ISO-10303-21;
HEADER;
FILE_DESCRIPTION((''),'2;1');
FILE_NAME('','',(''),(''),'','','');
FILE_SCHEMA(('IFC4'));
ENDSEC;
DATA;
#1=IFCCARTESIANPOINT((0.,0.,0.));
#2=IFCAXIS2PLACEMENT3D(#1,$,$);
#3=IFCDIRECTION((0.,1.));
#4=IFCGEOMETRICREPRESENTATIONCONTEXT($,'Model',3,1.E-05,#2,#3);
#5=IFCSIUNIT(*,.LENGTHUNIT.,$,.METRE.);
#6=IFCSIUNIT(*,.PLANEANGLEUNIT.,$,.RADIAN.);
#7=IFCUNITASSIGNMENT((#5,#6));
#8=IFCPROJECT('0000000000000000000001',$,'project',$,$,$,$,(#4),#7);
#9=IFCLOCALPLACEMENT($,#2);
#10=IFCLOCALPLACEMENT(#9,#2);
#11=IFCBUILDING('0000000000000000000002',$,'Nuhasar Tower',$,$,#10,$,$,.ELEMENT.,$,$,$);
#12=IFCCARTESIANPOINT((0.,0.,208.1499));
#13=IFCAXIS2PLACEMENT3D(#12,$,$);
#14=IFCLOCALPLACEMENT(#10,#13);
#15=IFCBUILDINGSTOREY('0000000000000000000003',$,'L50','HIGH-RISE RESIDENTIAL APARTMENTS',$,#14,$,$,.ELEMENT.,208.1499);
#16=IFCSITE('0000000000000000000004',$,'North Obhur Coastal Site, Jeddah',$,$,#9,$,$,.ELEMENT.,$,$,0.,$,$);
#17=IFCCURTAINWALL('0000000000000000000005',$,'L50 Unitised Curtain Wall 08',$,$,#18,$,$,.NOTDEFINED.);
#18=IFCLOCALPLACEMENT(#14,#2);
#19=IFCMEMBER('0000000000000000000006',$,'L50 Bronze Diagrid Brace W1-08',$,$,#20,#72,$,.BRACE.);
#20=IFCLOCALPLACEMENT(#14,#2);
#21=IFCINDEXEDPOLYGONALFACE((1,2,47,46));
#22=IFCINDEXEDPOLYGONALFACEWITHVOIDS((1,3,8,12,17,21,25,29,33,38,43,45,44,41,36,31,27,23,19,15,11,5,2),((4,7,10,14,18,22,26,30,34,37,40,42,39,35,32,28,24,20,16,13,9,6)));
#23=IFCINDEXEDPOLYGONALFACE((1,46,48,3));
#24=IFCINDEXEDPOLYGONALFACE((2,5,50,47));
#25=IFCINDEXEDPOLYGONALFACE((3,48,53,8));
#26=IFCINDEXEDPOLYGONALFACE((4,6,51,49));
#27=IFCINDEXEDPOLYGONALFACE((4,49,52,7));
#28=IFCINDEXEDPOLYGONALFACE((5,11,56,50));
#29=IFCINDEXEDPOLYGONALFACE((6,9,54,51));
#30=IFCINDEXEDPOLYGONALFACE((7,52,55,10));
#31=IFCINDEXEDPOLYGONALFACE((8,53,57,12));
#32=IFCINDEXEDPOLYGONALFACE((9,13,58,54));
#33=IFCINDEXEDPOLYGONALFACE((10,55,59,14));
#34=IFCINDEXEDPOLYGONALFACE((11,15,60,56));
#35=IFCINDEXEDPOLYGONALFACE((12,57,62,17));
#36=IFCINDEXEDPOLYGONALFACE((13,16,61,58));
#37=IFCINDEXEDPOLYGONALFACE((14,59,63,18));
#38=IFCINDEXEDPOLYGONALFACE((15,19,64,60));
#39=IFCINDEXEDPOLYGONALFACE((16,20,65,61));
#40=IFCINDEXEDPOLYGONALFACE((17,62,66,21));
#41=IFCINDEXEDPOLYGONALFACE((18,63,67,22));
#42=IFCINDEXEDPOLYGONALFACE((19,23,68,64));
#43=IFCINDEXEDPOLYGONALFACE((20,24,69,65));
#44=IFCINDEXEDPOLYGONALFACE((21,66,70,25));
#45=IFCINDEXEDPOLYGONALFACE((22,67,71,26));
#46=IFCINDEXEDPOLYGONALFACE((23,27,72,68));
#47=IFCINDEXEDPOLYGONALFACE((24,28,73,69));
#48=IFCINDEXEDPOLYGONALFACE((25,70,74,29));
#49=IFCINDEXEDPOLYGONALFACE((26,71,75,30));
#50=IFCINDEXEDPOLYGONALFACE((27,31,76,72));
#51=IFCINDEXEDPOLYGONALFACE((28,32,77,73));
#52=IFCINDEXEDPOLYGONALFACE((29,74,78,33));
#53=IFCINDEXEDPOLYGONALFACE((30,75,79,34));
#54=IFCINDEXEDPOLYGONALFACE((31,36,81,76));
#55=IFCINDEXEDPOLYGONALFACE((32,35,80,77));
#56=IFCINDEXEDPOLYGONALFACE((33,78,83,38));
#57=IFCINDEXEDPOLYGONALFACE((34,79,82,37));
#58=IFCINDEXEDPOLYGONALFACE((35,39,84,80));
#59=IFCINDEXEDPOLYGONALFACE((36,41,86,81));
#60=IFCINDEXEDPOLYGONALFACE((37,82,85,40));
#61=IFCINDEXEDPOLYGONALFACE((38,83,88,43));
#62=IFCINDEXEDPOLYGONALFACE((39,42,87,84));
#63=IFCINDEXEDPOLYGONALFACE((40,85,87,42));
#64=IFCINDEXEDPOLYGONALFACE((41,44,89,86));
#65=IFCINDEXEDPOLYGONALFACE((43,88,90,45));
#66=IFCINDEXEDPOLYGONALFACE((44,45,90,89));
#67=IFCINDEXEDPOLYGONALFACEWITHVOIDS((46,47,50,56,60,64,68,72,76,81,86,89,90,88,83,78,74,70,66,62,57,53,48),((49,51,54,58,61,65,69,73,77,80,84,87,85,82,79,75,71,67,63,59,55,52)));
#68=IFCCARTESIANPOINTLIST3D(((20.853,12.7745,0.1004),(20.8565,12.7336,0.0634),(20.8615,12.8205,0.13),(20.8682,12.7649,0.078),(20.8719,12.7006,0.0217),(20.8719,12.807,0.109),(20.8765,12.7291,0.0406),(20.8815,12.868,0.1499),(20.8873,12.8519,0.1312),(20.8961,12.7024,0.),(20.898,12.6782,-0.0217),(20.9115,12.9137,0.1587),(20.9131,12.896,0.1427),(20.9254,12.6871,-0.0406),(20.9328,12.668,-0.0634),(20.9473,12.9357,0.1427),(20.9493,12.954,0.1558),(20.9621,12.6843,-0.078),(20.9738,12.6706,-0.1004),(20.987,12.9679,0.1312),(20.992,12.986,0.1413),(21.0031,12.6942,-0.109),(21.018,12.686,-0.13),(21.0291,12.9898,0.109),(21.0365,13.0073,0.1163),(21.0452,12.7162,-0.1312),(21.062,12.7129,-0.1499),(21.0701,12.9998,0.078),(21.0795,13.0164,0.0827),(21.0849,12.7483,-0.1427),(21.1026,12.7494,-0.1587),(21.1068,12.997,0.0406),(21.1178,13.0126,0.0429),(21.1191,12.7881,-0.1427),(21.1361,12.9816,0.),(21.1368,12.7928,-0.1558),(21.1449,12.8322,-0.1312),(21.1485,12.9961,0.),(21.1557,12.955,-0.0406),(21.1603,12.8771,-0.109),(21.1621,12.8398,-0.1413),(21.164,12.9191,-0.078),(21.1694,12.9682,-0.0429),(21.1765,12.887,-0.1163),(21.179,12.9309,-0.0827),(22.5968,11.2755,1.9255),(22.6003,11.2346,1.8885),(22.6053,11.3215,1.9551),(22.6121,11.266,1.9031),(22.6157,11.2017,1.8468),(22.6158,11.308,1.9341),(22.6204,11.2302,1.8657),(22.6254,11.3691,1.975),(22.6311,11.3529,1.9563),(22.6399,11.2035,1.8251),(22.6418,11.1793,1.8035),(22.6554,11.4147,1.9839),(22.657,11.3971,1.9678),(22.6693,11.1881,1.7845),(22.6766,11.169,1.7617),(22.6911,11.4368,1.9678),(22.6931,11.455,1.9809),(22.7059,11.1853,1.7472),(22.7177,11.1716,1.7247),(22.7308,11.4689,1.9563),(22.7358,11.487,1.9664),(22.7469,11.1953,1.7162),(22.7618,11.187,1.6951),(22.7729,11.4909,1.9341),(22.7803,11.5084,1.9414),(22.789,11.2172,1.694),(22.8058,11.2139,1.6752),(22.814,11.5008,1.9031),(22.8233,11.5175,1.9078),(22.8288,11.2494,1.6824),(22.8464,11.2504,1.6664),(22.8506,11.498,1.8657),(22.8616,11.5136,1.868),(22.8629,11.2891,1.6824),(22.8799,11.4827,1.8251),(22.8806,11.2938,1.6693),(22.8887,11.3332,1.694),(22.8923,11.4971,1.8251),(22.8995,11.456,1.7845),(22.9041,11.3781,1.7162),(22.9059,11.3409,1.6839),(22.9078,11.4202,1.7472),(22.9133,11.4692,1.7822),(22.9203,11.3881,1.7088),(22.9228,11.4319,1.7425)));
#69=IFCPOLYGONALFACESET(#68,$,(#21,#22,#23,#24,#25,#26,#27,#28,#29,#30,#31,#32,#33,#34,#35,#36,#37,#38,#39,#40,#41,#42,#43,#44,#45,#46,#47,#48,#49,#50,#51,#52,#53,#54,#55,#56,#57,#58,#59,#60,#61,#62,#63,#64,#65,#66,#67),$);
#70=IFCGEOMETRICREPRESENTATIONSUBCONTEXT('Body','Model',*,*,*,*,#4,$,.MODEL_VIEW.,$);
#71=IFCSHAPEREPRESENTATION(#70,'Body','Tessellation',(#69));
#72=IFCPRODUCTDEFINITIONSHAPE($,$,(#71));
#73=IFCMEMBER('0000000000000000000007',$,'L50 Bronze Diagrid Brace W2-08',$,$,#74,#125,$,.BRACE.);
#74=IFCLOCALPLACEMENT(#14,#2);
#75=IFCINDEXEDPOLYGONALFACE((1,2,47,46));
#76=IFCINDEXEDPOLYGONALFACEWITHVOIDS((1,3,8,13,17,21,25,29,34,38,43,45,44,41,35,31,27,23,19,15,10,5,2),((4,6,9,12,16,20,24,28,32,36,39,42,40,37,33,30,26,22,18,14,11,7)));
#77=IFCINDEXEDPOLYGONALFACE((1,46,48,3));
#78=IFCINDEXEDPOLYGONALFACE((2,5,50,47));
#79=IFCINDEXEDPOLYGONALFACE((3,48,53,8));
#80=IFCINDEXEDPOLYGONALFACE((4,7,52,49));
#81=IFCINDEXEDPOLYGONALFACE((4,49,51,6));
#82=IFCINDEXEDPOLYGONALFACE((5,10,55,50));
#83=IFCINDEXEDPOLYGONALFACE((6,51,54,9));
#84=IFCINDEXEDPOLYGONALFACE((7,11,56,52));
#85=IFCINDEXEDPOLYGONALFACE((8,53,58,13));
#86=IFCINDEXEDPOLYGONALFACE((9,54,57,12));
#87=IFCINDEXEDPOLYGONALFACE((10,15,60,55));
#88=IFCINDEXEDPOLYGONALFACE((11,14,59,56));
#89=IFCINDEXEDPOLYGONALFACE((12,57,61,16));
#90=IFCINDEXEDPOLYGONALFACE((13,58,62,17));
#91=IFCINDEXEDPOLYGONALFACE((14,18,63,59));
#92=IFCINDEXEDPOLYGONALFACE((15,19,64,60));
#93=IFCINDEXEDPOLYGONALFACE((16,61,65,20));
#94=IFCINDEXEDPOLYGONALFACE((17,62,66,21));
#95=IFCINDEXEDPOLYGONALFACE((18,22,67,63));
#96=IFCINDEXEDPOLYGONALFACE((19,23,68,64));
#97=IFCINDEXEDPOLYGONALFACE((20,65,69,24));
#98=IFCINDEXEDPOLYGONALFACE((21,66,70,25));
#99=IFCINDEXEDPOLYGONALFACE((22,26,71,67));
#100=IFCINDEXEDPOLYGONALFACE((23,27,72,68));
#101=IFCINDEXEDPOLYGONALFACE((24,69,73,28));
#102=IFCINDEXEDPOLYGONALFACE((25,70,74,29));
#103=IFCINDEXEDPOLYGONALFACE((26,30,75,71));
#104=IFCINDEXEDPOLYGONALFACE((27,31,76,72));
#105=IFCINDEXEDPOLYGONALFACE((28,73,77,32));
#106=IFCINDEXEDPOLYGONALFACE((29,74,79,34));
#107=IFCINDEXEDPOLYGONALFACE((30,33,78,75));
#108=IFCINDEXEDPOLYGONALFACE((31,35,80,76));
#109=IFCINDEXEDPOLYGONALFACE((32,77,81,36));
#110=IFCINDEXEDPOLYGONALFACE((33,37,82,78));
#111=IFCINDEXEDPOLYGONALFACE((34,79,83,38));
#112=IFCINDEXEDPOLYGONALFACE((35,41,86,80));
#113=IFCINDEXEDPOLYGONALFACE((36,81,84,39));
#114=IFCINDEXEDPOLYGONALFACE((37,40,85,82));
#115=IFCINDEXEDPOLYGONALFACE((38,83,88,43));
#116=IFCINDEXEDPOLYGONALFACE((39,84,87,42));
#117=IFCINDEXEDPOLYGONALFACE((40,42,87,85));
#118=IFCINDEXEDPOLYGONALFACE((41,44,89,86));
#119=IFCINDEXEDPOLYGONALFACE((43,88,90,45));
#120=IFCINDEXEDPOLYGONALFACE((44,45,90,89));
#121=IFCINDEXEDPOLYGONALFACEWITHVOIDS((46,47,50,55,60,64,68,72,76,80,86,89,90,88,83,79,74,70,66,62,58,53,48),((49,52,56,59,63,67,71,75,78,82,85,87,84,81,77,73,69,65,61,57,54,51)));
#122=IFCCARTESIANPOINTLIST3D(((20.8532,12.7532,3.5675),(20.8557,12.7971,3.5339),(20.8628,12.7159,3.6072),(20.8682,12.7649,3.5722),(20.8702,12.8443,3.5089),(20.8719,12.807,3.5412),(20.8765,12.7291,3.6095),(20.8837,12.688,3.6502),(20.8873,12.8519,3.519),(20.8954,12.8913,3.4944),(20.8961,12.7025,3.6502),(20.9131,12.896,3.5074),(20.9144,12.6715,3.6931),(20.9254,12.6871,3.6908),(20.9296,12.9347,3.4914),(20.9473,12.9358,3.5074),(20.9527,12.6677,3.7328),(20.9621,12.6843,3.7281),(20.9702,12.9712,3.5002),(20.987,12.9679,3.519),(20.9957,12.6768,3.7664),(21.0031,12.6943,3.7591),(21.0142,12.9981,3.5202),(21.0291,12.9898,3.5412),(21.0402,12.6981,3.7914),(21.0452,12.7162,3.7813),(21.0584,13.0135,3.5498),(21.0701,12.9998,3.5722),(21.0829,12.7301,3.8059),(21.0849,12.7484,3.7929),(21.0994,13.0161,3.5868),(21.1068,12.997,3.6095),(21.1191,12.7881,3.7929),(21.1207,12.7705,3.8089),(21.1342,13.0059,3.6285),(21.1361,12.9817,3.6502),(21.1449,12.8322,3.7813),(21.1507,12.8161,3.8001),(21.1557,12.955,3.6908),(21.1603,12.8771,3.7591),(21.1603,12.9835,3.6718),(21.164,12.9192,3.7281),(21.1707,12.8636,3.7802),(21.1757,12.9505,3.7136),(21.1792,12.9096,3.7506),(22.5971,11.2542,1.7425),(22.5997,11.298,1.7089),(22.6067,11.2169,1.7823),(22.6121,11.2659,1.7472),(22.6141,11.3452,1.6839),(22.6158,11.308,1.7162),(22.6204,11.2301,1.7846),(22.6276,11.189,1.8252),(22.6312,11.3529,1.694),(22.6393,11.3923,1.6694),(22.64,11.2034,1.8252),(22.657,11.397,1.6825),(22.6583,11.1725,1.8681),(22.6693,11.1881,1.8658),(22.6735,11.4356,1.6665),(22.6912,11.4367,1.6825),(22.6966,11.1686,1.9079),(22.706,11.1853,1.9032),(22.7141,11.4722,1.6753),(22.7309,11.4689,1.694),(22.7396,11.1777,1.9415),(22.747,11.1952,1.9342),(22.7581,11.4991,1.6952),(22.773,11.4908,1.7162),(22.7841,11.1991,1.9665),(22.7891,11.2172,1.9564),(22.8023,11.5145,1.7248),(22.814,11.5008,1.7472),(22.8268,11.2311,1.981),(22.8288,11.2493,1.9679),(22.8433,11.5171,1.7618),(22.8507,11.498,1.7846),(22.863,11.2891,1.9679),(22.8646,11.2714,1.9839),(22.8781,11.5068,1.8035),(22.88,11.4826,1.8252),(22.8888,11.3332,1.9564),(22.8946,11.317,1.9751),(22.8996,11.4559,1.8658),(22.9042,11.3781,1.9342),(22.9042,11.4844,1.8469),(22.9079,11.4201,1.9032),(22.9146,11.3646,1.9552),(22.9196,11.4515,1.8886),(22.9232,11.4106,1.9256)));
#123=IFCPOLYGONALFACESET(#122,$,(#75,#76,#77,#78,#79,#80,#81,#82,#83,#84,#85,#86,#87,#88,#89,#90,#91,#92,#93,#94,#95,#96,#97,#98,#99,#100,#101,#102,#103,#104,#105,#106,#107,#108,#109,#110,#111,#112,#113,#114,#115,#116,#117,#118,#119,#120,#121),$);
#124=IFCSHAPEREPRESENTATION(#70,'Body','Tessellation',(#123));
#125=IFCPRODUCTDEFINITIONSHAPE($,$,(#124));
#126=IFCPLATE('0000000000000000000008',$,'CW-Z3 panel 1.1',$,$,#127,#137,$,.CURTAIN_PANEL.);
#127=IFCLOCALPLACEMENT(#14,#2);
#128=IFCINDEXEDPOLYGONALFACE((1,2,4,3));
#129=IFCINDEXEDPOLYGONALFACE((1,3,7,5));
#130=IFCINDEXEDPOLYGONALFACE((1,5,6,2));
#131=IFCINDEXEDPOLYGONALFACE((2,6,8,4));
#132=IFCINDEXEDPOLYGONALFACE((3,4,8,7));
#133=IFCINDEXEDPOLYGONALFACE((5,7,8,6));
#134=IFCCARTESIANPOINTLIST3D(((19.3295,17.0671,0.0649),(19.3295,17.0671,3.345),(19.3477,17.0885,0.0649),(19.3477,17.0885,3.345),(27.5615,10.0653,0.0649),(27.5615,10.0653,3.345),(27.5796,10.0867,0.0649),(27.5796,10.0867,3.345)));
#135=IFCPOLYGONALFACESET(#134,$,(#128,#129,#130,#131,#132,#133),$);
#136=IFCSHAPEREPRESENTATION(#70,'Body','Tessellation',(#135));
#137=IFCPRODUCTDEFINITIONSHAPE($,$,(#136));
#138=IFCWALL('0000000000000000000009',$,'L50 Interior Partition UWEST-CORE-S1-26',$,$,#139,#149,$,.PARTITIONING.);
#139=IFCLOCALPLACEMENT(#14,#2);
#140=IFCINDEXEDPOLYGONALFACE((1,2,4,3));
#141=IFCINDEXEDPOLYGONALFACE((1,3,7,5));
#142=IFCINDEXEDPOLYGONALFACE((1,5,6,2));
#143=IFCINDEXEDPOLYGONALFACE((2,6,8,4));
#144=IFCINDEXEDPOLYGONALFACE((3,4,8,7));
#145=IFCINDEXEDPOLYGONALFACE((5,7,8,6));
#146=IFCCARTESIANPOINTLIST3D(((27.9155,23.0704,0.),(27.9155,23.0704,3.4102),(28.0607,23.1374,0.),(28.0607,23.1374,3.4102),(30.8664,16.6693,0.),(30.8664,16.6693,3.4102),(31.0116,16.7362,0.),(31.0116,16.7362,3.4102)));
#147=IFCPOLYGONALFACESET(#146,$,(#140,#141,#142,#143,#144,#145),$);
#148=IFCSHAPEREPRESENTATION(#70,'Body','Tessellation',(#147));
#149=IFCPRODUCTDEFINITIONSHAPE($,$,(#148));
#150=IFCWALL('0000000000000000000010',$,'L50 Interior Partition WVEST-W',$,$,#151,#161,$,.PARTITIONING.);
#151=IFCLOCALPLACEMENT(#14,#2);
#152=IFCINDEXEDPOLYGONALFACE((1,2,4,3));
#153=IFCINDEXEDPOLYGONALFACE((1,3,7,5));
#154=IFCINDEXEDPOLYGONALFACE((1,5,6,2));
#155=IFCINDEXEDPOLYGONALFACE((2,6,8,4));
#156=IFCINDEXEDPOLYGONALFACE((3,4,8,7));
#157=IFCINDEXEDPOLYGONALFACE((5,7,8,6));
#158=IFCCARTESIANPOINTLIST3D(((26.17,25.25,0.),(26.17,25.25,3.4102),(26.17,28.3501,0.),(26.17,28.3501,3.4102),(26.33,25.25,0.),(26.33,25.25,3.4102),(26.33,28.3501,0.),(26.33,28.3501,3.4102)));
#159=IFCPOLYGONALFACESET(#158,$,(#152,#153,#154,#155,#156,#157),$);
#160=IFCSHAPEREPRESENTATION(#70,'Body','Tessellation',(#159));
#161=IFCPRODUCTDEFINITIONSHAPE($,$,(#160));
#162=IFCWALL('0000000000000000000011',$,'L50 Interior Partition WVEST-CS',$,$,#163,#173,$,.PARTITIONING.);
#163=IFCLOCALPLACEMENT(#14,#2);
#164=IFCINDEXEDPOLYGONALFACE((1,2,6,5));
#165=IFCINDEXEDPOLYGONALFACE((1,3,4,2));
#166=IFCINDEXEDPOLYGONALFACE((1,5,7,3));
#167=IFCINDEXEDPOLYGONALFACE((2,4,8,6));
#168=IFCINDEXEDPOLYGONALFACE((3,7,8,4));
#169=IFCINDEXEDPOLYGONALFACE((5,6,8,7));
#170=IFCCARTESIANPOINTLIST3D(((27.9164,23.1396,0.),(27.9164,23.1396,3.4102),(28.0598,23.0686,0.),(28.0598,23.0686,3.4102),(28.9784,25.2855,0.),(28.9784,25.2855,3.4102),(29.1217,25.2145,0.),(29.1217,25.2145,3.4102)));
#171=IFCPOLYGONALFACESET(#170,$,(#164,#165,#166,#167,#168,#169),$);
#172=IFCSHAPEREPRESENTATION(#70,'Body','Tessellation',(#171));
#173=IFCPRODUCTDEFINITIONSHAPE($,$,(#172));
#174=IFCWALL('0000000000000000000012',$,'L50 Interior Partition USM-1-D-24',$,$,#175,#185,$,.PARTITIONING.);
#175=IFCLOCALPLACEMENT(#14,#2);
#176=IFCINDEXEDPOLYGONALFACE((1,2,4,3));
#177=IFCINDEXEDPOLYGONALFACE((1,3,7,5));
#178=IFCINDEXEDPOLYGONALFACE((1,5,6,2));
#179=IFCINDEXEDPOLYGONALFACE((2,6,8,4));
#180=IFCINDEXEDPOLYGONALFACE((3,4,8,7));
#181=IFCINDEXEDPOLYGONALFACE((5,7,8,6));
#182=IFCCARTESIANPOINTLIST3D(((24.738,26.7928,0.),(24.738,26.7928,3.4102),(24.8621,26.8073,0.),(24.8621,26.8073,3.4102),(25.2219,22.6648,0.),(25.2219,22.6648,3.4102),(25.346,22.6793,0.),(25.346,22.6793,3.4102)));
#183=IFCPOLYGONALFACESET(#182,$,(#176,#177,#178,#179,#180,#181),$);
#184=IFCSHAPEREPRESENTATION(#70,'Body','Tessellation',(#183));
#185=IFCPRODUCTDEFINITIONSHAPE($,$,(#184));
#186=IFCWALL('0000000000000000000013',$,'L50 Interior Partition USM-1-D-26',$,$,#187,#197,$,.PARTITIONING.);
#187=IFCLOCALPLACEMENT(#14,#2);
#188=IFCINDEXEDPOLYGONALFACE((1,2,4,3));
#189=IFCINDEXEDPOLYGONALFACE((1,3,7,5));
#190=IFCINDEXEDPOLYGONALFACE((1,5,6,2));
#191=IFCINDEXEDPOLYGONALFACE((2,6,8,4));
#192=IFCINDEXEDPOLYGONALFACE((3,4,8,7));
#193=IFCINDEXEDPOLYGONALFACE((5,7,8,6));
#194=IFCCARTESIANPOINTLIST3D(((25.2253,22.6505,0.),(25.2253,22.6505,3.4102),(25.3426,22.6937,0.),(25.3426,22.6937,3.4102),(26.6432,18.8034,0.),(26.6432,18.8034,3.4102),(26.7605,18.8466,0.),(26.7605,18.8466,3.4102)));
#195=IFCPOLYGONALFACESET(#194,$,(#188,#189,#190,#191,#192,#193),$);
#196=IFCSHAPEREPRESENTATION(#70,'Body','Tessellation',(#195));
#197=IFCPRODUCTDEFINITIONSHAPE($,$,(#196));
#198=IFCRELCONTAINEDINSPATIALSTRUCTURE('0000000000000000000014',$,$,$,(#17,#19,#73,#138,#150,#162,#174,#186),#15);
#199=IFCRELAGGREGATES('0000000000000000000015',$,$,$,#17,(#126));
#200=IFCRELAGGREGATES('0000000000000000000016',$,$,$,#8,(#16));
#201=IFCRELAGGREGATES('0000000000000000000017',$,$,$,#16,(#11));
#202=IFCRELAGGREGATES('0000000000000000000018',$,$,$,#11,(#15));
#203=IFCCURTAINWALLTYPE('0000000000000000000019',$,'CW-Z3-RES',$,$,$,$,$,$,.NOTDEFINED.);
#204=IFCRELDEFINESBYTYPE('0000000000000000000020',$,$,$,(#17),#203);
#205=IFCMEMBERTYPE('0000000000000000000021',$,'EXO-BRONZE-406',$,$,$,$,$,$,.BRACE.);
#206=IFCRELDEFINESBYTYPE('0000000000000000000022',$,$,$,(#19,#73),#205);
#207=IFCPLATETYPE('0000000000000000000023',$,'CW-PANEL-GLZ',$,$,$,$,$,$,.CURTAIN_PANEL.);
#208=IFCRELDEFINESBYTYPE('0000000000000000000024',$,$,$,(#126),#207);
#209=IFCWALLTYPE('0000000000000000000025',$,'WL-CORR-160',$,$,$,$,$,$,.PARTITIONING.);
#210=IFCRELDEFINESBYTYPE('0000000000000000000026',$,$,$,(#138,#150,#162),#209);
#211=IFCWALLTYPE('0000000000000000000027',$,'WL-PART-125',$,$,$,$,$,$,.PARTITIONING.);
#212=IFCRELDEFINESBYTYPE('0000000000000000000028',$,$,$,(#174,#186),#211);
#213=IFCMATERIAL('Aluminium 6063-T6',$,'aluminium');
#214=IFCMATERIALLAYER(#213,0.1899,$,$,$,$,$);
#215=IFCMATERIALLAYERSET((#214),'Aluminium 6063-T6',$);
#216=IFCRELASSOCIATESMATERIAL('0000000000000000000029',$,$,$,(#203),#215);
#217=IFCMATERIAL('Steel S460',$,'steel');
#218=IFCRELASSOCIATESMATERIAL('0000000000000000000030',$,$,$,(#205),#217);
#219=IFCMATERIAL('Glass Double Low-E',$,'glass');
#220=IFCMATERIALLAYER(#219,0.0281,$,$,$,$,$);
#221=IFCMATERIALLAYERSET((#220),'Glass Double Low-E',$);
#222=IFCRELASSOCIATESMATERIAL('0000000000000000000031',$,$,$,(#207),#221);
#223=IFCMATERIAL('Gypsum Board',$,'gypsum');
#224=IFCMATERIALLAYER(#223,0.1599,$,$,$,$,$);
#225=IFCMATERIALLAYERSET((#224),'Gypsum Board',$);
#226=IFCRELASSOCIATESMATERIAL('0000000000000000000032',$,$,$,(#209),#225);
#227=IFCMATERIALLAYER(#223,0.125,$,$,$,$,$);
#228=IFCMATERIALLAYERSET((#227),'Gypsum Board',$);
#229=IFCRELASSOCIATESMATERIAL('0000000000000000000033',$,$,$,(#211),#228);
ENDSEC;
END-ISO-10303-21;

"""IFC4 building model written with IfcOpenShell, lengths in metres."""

from ifc_helpers import new_model, si_unit, direction, frame, frame_2d, origin, origin_2d, place, context, subcontext, project, spatial, rectangle, hollow_circle, extrude, material, layer, layer_set, material_profile, profile_set, type_object, element, aggregate, save


model = new_model("IFC4")

# Units and contexts
model_context = context("Model", 3, precision=1e-05, world=origin(), true_north=direction((0.0, 1.0)))
body_context = subcontext(model_context, "Body", "Model", "MODEL_VIEW")
ifc_project = project(units=[si_unit("LENGTHUNIT", "METRE"), si_unit("PLANEANGLEUNIT", "RADIAN")], contexts=[model_context])

# Site, building, storey
site_placement = place(None, origin())
site = spatial("IfcSite", under=ifc_project, at=site_placement, Name="North Obhur Coastal Site, Jeddah", CompositionType="ELEMENT", RefElevation=0.0)
building_placement = place(site_placement, origin())
building = spatial("IfcBuilding", under=site, at=building_placement, Name="Nuhasar Tower", CompositionType="ELEMENT")
storey_placement = place(building_placement, frame((0.0, 0.0, 208.1499)))
storey = spatial("IfcBuildingStorey", under=building, at=storey_placement, Name="L50", Description="HIGH-RISE RESIDENTIAL APARTMENTS", CompositionType="ELEMENT", Elevation=208.1499)

# Curtain wall
ifc_material_1 = material(Name="Aluminium 6063-T6", Category="aluminium")
ifc_layer_1 = layer(ifc_material_1, 0.1899)
ifc_layer_set_1 = layer_set([ifc_layer_1], Name="Aluminium 6063-T6")
curtain_wall_type = type_object("IfcCurtainWallType", Name="CW-Z3-RES", PredefinedType="NOTDEFINED", material=ifc_layer_set_1)
curtain_wall_1_placement = place(storey_placement, origin())
curtain_wall_1 = element("IfcCurtainWall", 1, at=curtain_wall_1_placement, inside=storey, type_object=curtain_wall_type, Name="L50 Unitised Curtain Wall 08", PredefinedType="NOTDEFINED")

# Members
ifc_material_2 = material(Name="Steel S460", Category="steel")
ifc_material_profile_1 = material_profile(ifc_material_2, hollow_circle(Radius=0.2031, WallThickness=0.019, at=origin_2d()), Name="HSS406.4X19.1")
ifc_profile_set_1 = profile_set([ifc_material_profile_1], Name="Steel S460")
member_type_1 = type_object("IfcMemberType", Name="EXO-BRONZE-406", PredefinedType="BRACE", material=ifc_profile_set_1)
for number, where, z_axis, x_axis, name in (
    (2, (21.0161, 12.842, 0.0), (0.593988, -0.510582, 0.621679), (0.651857, 0.758342, 0.0), "L50 Bronze Diagrid Brace W1-08"),
    (3, (22.76, 11.343, 1.8252), (-0.594019, 0.510608, 0.621628), (-0.651857, -0.758342, 0.0), "L50 Bronze Diagrid Brace W2-08"),
):
    element("IfcMember", number, at=place(storey_placement, frame(where, z_axis=z_axis, x_axis=x_axis)), inside=storey, type_object=member_type_1, Name=name, PredefinedType="BRACE", context=body_context, shape_type="SweptSolid", body=[
        extrude(hollow_circle(Radius=0.2031, WallThickness=0.019, at=origin_2d()), origin(), (0.0, 0.0, 1.0), 2.9358),
    ])

# Plate
ifc_material_3 = material(Name="Glass Double Low-E", Category="glass")
ifc_layer_2 = layer(ifc_material_3, 0.0281)
ifc_layer_set_2 = layer_set([ifc_layer_2], Name="Glass Double Low-E")
plate_type = type_object("IfcPlateType", Name="CW-PANEL-GLZ", PredefinedType="CURTAIN_PANEL", material=ifc_layer_set_2)
plate_placement = place(storey_placement, frame((23.4546, 13.5769, 0.0649), z_axis=(0.0, 0.0, 1.0), x_axis=(0.761729, -0.647895, 0.0)))
plate = element("IfcPlate", 4, at=plate_placement, type_object=plate_type, Name="CW-Z3 panel 1.1", PredefinedType="CURTAIN_PANEL", context=body_context, shape_type="SweptSolid", body=[
    extrude(rectangle(XDim=10.8069, YDim=0.0281, at=origin_2d()), origin(), (0.0, 0.0, 1.0), 3.28),
])
aggregate(curtain_wall_1, [plate])

# Wall
ifc_material_4 = material(Name="Gypsum Board", Category="gypsum")
ifc_layer_3 = layer(ifc_material_4, 0.1599)
ifc_layer_set_3 = layer_set([ifc_layer_3], Name="Gypsum Board")
wall_type_1 = type_object("IfcWallType", Name="WL-CORR-160", PredefinedType="PARTITIONING", material=ifc_layer_set_3)
wall_1_placement = place(storey_placement, frame((27.988, 23.104, 0.0), z_axis=(0.0, 0.0, 1.0), x_axis=(0.418656, -0.908145, 0.0)))
element("IfcWall", 5, at=wall_1_placement, inside=storey, type_object=wall_type_1, Name="L50 Interior Partition UWEST-CORE-S1-26", PredefinedType="PARTITIONING", context=body_context, shape_type="SweptSolid", body=[
    extrude(rectangle(XDim=7.0486, YDim=0.1599, at=frame_2d((3.5244, 0.0))), origin(), (0.0, 0.0, 1.0), 3.4102),
])

# Walls
wall_2_placement = place(storey_placement, frame((26.25, 25.25, 0.0), z_axis=(0.0, 0.0, 1.0), x_axis=(0.0, 1.0, 0.0)))
element("IfcWall", 6, at=wall_2_placement, inside=storey, type_object=wall_type_1, Name="L50 Interior Partition WVEST-W", PredefinedType="PARTITIONING", context=body_context, shape_type="SweptSolid", body=[
    extrude(rectangle(XDim=3.1001, YDim=0.1599, at=frame_2d((1.55, 0.0))), origin(), (0.0, 0.0, 1.0), 3.4102),
])
wall_3_placement = place(storey_placement, frame((27.988, 23.104, 0.0), z_axis=(0.0, 0.0, 1.0), x_axis=(0.443539, 0.896255, 0.0)))
element("IfcWall", 7, at=wall_3_placement, inside=storey, type_object=wall_type_1, Name="L50 Interior Partition WVEST-CS", PredefinedType="PARTITIONING", context=body_context, shape_type="SweptSolid", body=[
    extrude(rectangle(XDim=2.3943, YDim=0.1599, at=frame_2d((1.1973, 0.0))), origin(), (0.0, 0.0, 1.0), 3.4102),
])
ifc_layer_4 = layer(ifc_material_4, 0.125)
ifc_layer_set_4 = layer_set([ifc_layer_4], Name="Gypsum Board")
wall_type_2 = type_object("IfcWallType", Name="WL-PART-125", PredefinedType="PARTITIONING", material=ifc_layer_set_4)
wall_4_placement = place(storey_placement, frame((24.8, 26.8, 0.0), z_axis=(0.0, 0.0, 1.0), x_axis=(0.116425, -0.993199, 0.0)))
element("IfcWall", 8, at=wall_4_placement, inside=storey, type_object=wall_type_2, Name="L50 Interior Partition USM-1-D-24", PredefinedType="PARTITIONING", context=body_context, shape_type="SweptSolid", body=[
    extrude(rectangle(XDim=4.1562, YDim=0.125, at=frame_2d((2.0781, 0.0))), origin(), (0.0, 0.0, 1.0), 3.4102),
])
wall_5_placement = place(storey_placement, frame((25.2839, 22.6721, 0.0), z_axis=(0.0, 0.0, 1.0), x_axis=(0.345832, -0.938296, 0.0)))
element("IfcWall", 9, at=wall_5_placement, inside=storey, type_object=wall_type_2, Name="L50 Interior Partition USM-1-D-26", PredefinedType="PARTITIONING", context=body_context, shape_type="SweptSolid", body=[
    extrude(rectangle(XDim=4.1001, YDim=0.125, at=frame_2d((2.05, 0.0))), origin(), (0.0, 0.0, 1.0), 3.4102),
])

save(model, "model.ifc")
